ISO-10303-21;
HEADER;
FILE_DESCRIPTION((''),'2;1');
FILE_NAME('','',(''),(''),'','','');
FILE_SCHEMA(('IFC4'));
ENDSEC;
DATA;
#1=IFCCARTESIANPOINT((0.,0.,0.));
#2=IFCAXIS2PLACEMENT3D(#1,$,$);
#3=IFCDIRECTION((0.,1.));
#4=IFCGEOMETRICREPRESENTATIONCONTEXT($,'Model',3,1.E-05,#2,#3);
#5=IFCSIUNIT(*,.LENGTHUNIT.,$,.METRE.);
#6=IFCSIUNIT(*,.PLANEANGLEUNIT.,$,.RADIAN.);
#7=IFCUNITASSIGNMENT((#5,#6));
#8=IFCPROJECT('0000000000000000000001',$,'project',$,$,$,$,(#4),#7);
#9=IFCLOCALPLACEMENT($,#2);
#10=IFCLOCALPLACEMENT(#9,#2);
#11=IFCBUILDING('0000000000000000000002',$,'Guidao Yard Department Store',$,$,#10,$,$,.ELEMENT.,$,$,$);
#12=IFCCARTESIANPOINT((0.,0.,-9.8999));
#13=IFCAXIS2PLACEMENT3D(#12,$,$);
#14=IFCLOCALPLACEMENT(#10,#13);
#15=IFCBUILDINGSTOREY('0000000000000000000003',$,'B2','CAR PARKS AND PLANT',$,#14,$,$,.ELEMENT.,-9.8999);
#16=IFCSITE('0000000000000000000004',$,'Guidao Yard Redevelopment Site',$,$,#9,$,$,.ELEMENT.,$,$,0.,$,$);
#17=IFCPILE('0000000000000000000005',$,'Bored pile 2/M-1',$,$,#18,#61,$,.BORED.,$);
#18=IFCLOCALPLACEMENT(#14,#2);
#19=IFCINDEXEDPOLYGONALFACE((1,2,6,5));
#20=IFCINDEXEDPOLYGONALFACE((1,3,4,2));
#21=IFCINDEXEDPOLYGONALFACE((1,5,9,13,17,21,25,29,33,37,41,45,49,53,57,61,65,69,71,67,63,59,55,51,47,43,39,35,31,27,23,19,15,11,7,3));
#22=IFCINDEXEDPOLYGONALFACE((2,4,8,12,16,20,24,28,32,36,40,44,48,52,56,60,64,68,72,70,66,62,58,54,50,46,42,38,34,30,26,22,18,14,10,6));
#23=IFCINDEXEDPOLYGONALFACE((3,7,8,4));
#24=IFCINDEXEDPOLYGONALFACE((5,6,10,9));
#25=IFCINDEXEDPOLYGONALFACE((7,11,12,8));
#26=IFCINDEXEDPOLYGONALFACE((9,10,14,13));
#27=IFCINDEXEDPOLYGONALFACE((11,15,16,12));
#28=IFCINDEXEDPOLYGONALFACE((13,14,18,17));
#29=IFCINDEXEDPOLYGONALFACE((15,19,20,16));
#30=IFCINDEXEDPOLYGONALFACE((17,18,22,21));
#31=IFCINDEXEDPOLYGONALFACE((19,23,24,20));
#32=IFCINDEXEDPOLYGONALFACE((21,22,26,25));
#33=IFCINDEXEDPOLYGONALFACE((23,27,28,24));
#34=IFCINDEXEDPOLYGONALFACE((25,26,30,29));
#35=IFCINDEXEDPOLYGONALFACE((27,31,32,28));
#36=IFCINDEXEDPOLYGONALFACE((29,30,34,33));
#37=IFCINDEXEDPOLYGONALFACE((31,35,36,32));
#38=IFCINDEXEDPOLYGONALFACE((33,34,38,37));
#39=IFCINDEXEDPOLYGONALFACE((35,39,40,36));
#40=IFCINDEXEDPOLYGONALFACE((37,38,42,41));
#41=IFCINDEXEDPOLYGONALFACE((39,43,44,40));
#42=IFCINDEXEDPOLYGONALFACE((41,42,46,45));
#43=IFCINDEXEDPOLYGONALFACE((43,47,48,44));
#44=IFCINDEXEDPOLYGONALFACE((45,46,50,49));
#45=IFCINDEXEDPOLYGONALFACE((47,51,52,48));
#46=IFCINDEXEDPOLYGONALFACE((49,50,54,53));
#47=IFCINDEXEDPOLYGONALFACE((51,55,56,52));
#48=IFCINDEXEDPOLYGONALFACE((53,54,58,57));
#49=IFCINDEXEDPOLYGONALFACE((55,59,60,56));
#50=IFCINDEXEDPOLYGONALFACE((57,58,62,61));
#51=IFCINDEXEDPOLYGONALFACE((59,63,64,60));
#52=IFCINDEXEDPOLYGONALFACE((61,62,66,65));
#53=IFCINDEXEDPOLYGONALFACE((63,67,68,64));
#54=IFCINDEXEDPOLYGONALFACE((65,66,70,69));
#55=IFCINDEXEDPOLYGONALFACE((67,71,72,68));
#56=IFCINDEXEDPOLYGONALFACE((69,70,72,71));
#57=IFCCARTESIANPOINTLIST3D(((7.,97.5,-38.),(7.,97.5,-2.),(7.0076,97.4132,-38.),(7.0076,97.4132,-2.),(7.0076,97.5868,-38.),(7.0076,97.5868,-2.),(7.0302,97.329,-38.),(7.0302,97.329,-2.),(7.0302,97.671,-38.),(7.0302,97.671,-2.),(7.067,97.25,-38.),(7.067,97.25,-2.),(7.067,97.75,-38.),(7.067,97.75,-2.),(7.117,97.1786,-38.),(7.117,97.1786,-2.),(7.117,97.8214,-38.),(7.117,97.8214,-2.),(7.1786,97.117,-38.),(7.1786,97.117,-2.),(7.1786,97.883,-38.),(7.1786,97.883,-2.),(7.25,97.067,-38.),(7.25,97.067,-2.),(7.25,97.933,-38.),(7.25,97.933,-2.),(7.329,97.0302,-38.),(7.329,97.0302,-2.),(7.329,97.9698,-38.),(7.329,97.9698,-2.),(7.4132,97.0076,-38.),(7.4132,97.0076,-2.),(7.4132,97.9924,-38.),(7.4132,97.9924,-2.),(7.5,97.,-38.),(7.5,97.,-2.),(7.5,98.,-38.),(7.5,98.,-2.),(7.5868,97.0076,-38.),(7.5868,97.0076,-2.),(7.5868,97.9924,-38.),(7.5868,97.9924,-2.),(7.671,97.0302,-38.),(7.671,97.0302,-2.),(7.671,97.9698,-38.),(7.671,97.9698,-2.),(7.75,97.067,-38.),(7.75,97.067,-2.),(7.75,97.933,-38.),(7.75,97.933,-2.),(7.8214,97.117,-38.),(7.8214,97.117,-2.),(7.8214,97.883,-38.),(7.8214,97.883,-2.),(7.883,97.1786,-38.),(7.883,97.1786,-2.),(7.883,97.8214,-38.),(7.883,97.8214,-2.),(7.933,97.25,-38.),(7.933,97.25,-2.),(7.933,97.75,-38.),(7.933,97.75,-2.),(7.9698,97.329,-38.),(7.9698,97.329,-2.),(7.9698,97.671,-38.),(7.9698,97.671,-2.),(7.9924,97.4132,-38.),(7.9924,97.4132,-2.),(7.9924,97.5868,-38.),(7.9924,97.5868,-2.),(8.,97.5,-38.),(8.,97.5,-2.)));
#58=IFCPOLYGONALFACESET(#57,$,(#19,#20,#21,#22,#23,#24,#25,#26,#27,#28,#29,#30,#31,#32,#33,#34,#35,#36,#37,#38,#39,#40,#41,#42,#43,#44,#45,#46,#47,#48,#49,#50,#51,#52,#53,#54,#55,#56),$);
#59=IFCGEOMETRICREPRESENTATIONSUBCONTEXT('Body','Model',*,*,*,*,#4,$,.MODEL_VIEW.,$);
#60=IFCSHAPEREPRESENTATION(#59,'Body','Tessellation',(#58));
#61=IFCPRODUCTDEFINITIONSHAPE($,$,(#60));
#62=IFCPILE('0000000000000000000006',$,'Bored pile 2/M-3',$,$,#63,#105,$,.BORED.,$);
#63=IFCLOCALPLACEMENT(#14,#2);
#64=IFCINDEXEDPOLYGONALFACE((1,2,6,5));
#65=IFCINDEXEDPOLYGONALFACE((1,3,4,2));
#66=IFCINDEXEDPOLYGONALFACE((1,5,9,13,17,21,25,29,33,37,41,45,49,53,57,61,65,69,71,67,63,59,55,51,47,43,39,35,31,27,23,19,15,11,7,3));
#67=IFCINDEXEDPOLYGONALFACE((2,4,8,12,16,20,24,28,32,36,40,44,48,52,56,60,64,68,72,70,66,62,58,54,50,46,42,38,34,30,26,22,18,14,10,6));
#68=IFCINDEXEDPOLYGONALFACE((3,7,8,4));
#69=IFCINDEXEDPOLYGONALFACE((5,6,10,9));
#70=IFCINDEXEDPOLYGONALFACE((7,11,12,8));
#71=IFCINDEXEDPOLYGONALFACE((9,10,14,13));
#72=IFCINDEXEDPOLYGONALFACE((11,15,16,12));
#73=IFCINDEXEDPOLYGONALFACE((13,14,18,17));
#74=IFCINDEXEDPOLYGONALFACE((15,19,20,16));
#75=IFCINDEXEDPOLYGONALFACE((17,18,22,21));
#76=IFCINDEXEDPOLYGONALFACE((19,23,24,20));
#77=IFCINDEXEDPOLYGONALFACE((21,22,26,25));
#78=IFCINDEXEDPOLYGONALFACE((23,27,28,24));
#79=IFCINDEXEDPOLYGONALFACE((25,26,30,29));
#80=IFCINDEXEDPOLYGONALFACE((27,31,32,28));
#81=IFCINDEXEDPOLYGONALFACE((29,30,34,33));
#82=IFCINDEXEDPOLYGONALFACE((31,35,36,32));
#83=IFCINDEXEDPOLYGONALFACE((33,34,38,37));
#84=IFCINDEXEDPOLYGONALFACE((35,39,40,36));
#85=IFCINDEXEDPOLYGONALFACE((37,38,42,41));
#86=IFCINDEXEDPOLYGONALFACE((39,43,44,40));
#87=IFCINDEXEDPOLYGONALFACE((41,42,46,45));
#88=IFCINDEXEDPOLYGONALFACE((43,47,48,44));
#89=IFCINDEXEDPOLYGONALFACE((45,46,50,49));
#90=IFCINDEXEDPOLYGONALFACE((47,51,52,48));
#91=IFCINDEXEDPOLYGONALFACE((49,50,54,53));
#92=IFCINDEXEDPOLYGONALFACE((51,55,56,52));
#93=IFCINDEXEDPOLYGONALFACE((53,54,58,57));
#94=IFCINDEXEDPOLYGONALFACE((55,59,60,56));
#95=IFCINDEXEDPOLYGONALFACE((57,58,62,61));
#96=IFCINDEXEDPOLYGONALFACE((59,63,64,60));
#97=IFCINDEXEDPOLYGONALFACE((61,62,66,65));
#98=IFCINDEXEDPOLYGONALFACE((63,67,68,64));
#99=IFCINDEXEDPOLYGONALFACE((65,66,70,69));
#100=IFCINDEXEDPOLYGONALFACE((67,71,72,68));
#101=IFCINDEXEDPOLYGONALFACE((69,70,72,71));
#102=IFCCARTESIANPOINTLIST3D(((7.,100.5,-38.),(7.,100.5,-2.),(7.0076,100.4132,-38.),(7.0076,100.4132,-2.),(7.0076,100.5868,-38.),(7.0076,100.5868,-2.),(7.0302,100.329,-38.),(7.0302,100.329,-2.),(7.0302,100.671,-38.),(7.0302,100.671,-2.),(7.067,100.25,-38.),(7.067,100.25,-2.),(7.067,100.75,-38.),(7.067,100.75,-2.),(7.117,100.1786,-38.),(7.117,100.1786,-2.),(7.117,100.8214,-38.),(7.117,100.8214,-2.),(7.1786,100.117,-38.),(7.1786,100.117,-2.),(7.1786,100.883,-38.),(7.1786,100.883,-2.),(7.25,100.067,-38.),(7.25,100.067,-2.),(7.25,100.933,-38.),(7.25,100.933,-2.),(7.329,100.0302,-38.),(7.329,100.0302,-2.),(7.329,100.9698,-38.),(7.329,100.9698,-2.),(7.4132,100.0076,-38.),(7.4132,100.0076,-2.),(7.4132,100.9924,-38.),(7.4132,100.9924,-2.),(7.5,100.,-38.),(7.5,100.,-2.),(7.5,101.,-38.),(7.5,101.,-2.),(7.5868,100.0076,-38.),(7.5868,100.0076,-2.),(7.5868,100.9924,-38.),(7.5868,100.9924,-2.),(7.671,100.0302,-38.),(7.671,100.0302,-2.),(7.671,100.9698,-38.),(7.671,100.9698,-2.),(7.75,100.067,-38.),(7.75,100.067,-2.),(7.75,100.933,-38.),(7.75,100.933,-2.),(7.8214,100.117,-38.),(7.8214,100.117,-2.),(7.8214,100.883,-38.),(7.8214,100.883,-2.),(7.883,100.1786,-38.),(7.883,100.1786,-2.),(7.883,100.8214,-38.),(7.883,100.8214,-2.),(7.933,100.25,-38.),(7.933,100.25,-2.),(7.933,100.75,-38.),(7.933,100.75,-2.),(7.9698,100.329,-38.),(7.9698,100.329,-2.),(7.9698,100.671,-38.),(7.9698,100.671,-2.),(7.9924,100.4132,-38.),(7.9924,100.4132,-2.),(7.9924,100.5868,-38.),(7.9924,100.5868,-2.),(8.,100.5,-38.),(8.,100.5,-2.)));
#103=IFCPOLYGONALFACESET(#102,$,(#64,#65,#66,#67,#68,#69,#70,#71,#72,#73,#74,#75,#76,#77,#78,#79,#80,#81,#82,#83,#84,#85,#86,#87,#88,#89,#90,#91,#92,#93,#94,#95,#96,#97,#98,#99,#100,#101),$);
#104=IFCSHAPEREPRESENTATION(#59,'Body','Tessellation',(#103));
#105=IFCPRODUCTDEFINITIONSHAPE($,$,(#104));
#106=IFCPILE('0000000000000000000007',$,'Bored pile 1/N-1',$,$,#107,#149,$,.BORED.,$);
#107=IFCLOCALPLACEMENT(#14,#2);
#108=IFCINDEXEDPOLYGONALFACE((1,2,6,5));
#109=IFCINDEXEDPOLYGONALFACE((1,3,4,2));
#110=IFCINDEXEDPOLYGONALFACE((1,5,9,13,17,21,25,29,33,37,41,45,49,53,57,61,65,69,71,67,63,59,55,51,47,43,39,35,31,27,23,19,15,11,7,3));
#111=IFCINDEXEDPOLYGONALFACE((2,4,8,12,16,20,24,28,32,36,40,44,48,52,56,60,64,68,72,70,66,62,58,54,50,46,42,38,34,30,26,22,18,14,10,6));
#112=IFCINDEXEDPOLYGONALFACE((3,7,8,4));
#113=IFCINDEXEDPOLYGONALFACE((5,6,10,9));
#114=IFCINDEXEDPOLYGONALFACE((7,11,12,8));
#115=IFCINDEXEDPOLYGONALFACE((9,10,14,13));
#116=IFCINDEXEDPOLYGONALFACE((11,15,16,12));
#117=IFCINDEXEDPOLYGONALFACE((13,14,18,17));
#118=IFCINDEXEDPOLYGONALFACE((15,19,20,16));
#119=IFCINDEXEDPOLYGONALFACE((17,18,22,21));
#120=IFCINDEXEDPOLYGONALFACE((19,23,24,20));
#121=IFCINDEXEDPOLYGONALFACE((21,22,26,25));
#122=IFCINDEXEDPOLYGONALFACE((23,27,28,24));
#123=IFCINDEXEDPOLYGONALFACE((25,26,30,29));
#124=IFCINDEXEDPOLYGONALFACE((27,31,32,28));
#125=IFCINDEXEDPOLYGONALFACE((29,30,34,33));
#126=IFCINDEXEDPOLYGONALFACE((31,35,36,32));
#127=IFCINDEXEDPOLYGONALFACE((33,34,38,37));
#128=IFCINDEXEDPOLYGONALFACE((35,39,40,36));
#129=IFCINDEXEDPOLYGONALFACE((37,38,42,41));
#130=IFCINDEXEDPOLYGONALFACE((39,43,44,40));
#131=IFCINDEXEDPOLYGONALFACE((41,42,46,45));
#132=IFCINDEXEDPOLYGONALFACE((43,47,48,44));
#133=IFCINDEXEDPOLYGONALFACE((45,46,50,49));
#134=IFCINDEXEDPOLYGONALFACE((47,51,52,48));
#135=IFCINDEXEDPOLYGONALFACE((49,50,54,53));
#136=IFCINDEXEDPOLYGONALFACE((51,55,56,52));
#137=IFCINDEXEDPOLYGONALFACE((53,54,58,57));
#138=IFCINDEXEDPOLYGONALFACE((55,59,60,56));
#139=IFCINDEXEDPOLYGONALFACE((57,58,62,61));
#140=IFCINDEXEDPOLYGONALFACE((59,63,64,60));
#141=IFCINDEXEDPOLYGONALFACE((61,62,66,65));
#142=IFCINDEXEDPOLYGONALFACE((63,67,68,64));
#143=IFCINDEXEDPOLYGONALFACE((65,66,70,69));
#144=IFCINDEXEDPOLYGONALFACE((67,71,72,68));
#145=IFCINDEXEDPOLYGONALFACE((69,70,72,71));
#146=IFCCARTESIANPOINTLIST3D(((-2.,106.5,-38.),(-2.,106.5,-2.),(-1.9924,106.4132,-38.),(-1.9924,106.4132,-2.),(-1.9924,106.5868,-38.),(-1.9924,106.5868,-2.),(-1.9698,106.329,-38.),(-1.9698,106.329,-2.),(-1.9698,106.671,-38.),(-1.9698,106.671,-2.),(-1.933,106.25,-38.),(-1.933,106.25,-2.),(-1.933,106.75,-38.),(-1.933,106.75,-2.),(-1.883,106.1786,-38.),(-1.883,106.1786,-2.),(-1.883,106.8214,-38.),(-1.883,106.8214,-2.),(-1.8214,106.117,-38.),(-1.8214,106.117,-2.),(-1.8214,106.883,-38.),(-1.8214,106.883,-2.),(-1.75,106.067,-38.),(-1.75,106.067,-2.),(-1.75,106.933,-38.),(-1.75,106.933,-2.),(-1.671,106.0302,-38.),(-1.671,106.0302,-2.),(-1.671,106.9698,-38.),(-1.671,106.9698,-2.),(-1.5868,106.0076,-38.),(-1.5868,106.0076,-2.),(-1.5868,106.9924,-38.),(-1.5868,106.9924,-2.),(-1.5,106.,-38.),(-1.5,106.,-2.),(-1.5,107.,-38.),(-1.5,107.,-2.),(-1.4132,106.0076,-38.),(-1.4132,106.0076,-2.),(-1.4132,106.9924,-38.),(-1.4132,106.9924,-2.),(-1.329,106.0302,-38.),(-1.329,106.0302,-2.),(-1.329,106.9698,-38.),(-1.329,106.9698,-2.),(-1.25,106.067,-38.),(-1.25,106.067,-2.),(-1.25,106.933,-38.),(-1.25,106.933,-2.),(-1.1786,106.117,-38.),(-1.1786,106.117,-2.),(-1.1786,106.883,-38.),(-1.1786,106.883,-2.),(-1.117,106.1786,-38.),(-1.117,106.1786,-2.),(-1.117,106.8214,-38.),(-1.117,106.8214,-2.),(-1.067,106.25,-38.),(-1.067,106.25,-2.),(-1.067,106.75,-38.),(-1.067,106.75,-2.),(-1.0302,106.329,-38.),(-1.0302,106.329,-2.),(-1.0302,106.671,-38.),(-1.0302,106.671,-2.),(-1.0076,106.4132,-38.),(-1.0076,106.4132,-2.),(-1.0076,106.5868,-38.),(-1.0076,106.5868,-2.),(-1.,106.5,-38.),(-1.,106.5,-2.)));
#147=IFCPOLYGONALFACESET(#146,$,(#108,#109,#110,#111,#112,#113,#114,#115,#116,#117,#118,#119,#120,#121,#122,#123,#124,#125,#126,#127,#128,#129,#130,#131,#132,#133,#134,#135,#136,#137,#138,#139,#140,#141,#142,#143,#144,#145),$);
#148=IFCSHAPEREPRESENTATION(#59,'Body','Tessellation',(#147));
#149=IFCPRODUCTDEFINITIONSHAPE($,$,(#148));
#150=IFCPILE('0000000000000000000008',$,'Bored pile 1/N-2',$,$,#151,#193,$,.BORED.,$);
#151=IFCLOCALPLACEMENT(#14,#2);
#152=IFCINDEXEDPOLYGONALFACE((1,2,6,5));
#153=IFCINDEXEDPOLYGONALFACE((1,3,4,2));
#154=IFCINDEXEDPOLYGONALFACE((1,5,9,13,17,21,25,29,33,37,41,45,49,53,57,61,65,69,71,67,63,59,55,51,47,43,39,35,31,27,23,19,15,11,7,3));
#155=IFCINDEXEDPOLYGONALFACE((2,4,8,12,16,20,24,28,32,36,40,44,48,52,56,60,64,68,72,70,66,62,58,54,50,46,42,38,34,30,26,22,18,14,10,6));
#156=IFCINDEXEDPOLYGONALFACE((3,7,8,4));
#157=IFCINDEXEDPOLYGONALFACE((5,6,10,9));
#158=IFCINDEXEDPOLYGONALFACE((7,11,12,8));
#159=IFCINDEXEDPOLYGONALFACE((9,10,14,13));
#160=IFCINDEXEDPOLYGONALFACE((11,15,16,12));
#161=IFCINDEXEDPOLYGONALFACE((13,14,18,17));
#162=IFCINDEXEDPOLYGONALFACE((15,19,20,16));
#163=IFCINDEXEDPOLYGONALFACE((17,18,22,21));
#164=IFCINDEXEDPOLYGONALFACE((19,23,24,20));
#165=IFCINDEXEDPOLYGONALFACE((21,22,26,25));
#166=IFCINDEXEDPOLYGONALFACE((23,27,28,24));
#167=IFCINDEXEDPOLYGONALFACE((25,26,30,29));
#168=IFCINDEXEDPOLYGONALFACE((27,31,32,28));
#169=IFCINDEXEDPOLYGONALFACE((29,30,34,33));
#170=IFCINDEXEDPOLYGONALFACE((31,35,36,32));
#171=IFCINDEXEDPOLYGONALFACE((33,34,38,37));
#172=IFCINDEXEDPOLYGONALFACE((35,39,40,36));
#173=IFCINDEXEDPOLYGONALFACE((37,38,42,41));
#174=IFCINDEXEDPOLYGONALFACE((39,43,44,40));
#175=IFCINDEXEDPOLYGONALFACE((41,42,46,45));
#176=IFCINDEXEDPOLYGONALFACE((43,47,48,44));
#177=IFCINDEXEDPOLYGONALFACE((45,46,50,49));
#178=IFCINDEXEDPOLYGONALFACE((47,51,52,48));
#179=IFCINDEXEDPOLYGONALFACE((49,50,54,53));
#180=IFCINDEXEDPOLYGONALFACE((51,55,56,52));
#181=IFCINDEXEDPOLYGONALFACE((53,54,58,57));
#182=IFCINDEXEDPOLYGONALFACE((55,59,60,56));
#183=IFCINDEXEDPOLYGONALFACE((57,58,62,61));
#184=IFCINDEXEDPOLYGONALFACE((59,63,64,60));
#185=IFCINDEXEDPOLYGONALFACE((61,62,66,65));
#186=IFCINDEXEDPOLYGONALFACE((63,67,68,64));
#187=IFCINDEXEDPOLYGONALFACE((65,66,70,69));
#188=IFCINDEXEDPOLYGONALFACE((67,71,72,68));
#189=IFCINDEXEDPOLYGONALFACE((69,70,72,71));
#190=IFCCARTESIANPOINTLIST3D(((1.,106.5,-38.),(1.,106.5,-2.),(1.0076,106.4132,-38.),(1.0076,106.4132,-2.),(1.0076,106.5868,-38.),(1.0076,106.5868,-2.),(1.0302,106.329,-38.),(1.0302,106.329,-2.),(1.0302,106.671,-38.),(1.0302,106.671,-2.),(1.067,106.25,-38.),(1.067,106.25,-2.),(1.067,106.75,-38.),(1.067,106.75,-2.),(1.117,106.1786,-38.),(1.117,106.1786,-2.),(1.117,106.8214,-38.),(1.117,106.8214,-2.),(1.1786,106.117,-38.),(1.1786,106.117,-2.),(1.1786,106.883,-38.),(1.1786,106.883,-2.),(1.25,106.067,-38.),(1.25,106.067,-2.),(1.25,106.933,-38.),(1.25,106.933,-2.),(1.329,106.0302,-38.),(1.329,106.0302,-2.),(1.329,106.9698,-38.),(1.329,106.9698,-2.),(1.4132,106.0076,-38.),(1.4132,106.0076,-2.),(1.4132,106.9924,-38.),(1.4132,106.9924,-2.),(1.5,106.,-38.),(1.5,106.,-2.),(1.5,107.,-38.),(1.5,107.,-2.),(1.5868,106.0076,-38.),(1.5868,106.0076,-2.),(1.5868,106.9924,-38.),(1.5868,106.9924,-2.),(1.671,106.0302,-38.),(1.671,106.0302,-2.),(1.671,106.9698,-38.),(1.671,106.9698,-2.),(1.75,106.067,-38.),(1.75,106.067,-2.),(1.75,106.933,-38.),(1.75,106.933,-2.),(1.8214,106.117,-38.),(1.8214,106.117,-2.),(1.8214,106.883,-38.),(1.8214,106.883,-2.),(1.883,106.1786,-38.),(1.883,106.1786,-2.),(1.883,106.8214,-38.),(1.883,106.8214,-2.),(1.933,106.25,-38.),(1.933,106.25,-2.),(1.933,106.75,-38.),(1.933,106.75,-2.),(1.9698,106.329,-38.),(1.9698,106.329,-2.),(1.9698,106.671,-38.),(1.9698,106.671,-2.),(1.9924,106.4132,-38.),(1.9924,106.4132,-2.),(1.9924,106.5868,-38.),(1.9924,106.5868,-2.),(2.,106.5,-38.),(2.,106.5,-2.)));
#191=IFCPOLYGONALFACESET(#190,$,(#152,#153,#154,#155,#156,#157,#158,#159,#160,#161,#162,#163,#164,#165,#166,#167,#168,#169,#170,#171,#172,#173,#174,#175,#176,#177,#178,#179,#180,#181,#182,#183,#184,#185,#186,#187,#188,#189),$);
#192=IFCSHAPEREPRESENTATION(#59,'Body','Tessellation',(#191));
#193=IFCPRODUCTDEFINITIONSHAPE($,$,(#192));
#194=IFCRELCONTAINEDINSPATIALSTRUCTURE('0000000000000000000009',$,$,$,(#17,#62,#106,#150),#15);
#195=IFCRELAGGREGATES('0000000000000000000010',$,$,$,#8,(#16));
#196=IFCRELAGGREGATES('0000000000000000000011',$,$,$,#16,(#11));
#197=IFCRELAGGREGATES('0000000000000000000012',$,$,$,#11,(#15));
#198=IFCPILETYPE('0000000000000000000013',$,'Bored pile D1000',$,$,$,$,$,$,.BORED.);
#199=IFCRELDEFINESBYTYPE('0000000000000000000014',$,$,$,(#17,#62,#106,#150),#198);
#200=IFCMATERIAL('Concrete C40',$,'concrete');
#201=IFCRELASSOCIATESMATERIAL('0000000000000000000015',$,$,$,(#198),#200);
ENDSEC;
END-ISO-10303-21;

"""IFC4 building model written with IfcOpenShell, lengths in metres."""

from ifc_helpers import new_model, si_unit, direction, frame, origin, origin_2d, place, context, subcontext, project, spatial, circle, extrude, material, material_profile, profile_set, type_object, element, save


model = new_model("IFC4")

# Units and contexts
model_context = context("Model", 3, precision=1e-05, world=origin(), true_north=direction((0.0, 1.0)))
body_context = subcontext(model_context, "Body", "Model", "MODEL_VIEW")
ifc_project = project(units=[si_unit("LENGTHUNIT", "METRE"), si_unit("PLANEANGLEUNIT", "RADIAN")], contexts=[model_context])

# Site, building, storey
site_placement = place(None, origin())
site = spatial("IfcSite", under=ifc_project, at=site_placement, Name="Guidao Yard Redevelopment Site", CompositionType="ELEMENT", RefElevation=0.0)
building_placement = place(site_placement, origin())
building = spatial("IfcBuilding", under=site, at=building_placement, Name="Guidao Yard Department Store", CompositionType="ELEMENT")
storey_placement = place(building_placement, frame((0.0, 0.0, -9.8999)))
storey = spatial("IfcBuildingStorey", under=building, at=storey_placement, Name="B2", Description="CAR PARKS AND PLANT", CompositionType="ELEMENT", Elevation=-9.8999)

# Piles
ifc_material_1 = material(Name="Concrete C40", Category="concrete")
ifc_material_profile_1 = material_profile(ifc_material_1, circle(Radius=0.5, at=origin_2d()), Name="Bored pile D1000")
ifc_profile_set_1 = profile_set([ifc_material_profile_1], Name="Concrete C40")
pile_type = type_object("IfcPileType", Name="Bored pile D1000", PredefinedType="BORED", material=ifc_profile_set_1)
for number, where, z_axis, x_axis, name in (
    (1, (7.5, 97.5, -2.0), (0.0, 0.0, -1.0), (1.0, 0.0, 0.0), "Bored pile 2/M-1"),
    (2, (7.5, 100.5, -2.0), (0.0, 0.0, -1.0), (1.0, 0.0, 0.0), "Bored pile 2/M-3"),
    (3, (-1.5, 106.5, -2.0), (0.0, 0.0, -1.0), (1.0, 0.0, 0.0), "Bored pile 1/N-1"),
    (4, (1.5, 106.5, -2.0), (0.0, 0.0, -1.0), (1.0, 0.0, 0.0), "Bored pile 1/N-2"),
):
    element("IfcPile", number, at=place(storey_placement, frame(where, z_axis=z_axis, x_axis=x_axis)), inside=storey, type_object=pile_type, Name=name, PredefinedType="BORED", context=body_context, shape_type="SweptSolid", body=[
        extrude(circle(Radius=0.5, at=origin_2d()), origin(), (0.0, 0.0, 1.0), 36.0),
    ])

save(model, "model.ifc")
